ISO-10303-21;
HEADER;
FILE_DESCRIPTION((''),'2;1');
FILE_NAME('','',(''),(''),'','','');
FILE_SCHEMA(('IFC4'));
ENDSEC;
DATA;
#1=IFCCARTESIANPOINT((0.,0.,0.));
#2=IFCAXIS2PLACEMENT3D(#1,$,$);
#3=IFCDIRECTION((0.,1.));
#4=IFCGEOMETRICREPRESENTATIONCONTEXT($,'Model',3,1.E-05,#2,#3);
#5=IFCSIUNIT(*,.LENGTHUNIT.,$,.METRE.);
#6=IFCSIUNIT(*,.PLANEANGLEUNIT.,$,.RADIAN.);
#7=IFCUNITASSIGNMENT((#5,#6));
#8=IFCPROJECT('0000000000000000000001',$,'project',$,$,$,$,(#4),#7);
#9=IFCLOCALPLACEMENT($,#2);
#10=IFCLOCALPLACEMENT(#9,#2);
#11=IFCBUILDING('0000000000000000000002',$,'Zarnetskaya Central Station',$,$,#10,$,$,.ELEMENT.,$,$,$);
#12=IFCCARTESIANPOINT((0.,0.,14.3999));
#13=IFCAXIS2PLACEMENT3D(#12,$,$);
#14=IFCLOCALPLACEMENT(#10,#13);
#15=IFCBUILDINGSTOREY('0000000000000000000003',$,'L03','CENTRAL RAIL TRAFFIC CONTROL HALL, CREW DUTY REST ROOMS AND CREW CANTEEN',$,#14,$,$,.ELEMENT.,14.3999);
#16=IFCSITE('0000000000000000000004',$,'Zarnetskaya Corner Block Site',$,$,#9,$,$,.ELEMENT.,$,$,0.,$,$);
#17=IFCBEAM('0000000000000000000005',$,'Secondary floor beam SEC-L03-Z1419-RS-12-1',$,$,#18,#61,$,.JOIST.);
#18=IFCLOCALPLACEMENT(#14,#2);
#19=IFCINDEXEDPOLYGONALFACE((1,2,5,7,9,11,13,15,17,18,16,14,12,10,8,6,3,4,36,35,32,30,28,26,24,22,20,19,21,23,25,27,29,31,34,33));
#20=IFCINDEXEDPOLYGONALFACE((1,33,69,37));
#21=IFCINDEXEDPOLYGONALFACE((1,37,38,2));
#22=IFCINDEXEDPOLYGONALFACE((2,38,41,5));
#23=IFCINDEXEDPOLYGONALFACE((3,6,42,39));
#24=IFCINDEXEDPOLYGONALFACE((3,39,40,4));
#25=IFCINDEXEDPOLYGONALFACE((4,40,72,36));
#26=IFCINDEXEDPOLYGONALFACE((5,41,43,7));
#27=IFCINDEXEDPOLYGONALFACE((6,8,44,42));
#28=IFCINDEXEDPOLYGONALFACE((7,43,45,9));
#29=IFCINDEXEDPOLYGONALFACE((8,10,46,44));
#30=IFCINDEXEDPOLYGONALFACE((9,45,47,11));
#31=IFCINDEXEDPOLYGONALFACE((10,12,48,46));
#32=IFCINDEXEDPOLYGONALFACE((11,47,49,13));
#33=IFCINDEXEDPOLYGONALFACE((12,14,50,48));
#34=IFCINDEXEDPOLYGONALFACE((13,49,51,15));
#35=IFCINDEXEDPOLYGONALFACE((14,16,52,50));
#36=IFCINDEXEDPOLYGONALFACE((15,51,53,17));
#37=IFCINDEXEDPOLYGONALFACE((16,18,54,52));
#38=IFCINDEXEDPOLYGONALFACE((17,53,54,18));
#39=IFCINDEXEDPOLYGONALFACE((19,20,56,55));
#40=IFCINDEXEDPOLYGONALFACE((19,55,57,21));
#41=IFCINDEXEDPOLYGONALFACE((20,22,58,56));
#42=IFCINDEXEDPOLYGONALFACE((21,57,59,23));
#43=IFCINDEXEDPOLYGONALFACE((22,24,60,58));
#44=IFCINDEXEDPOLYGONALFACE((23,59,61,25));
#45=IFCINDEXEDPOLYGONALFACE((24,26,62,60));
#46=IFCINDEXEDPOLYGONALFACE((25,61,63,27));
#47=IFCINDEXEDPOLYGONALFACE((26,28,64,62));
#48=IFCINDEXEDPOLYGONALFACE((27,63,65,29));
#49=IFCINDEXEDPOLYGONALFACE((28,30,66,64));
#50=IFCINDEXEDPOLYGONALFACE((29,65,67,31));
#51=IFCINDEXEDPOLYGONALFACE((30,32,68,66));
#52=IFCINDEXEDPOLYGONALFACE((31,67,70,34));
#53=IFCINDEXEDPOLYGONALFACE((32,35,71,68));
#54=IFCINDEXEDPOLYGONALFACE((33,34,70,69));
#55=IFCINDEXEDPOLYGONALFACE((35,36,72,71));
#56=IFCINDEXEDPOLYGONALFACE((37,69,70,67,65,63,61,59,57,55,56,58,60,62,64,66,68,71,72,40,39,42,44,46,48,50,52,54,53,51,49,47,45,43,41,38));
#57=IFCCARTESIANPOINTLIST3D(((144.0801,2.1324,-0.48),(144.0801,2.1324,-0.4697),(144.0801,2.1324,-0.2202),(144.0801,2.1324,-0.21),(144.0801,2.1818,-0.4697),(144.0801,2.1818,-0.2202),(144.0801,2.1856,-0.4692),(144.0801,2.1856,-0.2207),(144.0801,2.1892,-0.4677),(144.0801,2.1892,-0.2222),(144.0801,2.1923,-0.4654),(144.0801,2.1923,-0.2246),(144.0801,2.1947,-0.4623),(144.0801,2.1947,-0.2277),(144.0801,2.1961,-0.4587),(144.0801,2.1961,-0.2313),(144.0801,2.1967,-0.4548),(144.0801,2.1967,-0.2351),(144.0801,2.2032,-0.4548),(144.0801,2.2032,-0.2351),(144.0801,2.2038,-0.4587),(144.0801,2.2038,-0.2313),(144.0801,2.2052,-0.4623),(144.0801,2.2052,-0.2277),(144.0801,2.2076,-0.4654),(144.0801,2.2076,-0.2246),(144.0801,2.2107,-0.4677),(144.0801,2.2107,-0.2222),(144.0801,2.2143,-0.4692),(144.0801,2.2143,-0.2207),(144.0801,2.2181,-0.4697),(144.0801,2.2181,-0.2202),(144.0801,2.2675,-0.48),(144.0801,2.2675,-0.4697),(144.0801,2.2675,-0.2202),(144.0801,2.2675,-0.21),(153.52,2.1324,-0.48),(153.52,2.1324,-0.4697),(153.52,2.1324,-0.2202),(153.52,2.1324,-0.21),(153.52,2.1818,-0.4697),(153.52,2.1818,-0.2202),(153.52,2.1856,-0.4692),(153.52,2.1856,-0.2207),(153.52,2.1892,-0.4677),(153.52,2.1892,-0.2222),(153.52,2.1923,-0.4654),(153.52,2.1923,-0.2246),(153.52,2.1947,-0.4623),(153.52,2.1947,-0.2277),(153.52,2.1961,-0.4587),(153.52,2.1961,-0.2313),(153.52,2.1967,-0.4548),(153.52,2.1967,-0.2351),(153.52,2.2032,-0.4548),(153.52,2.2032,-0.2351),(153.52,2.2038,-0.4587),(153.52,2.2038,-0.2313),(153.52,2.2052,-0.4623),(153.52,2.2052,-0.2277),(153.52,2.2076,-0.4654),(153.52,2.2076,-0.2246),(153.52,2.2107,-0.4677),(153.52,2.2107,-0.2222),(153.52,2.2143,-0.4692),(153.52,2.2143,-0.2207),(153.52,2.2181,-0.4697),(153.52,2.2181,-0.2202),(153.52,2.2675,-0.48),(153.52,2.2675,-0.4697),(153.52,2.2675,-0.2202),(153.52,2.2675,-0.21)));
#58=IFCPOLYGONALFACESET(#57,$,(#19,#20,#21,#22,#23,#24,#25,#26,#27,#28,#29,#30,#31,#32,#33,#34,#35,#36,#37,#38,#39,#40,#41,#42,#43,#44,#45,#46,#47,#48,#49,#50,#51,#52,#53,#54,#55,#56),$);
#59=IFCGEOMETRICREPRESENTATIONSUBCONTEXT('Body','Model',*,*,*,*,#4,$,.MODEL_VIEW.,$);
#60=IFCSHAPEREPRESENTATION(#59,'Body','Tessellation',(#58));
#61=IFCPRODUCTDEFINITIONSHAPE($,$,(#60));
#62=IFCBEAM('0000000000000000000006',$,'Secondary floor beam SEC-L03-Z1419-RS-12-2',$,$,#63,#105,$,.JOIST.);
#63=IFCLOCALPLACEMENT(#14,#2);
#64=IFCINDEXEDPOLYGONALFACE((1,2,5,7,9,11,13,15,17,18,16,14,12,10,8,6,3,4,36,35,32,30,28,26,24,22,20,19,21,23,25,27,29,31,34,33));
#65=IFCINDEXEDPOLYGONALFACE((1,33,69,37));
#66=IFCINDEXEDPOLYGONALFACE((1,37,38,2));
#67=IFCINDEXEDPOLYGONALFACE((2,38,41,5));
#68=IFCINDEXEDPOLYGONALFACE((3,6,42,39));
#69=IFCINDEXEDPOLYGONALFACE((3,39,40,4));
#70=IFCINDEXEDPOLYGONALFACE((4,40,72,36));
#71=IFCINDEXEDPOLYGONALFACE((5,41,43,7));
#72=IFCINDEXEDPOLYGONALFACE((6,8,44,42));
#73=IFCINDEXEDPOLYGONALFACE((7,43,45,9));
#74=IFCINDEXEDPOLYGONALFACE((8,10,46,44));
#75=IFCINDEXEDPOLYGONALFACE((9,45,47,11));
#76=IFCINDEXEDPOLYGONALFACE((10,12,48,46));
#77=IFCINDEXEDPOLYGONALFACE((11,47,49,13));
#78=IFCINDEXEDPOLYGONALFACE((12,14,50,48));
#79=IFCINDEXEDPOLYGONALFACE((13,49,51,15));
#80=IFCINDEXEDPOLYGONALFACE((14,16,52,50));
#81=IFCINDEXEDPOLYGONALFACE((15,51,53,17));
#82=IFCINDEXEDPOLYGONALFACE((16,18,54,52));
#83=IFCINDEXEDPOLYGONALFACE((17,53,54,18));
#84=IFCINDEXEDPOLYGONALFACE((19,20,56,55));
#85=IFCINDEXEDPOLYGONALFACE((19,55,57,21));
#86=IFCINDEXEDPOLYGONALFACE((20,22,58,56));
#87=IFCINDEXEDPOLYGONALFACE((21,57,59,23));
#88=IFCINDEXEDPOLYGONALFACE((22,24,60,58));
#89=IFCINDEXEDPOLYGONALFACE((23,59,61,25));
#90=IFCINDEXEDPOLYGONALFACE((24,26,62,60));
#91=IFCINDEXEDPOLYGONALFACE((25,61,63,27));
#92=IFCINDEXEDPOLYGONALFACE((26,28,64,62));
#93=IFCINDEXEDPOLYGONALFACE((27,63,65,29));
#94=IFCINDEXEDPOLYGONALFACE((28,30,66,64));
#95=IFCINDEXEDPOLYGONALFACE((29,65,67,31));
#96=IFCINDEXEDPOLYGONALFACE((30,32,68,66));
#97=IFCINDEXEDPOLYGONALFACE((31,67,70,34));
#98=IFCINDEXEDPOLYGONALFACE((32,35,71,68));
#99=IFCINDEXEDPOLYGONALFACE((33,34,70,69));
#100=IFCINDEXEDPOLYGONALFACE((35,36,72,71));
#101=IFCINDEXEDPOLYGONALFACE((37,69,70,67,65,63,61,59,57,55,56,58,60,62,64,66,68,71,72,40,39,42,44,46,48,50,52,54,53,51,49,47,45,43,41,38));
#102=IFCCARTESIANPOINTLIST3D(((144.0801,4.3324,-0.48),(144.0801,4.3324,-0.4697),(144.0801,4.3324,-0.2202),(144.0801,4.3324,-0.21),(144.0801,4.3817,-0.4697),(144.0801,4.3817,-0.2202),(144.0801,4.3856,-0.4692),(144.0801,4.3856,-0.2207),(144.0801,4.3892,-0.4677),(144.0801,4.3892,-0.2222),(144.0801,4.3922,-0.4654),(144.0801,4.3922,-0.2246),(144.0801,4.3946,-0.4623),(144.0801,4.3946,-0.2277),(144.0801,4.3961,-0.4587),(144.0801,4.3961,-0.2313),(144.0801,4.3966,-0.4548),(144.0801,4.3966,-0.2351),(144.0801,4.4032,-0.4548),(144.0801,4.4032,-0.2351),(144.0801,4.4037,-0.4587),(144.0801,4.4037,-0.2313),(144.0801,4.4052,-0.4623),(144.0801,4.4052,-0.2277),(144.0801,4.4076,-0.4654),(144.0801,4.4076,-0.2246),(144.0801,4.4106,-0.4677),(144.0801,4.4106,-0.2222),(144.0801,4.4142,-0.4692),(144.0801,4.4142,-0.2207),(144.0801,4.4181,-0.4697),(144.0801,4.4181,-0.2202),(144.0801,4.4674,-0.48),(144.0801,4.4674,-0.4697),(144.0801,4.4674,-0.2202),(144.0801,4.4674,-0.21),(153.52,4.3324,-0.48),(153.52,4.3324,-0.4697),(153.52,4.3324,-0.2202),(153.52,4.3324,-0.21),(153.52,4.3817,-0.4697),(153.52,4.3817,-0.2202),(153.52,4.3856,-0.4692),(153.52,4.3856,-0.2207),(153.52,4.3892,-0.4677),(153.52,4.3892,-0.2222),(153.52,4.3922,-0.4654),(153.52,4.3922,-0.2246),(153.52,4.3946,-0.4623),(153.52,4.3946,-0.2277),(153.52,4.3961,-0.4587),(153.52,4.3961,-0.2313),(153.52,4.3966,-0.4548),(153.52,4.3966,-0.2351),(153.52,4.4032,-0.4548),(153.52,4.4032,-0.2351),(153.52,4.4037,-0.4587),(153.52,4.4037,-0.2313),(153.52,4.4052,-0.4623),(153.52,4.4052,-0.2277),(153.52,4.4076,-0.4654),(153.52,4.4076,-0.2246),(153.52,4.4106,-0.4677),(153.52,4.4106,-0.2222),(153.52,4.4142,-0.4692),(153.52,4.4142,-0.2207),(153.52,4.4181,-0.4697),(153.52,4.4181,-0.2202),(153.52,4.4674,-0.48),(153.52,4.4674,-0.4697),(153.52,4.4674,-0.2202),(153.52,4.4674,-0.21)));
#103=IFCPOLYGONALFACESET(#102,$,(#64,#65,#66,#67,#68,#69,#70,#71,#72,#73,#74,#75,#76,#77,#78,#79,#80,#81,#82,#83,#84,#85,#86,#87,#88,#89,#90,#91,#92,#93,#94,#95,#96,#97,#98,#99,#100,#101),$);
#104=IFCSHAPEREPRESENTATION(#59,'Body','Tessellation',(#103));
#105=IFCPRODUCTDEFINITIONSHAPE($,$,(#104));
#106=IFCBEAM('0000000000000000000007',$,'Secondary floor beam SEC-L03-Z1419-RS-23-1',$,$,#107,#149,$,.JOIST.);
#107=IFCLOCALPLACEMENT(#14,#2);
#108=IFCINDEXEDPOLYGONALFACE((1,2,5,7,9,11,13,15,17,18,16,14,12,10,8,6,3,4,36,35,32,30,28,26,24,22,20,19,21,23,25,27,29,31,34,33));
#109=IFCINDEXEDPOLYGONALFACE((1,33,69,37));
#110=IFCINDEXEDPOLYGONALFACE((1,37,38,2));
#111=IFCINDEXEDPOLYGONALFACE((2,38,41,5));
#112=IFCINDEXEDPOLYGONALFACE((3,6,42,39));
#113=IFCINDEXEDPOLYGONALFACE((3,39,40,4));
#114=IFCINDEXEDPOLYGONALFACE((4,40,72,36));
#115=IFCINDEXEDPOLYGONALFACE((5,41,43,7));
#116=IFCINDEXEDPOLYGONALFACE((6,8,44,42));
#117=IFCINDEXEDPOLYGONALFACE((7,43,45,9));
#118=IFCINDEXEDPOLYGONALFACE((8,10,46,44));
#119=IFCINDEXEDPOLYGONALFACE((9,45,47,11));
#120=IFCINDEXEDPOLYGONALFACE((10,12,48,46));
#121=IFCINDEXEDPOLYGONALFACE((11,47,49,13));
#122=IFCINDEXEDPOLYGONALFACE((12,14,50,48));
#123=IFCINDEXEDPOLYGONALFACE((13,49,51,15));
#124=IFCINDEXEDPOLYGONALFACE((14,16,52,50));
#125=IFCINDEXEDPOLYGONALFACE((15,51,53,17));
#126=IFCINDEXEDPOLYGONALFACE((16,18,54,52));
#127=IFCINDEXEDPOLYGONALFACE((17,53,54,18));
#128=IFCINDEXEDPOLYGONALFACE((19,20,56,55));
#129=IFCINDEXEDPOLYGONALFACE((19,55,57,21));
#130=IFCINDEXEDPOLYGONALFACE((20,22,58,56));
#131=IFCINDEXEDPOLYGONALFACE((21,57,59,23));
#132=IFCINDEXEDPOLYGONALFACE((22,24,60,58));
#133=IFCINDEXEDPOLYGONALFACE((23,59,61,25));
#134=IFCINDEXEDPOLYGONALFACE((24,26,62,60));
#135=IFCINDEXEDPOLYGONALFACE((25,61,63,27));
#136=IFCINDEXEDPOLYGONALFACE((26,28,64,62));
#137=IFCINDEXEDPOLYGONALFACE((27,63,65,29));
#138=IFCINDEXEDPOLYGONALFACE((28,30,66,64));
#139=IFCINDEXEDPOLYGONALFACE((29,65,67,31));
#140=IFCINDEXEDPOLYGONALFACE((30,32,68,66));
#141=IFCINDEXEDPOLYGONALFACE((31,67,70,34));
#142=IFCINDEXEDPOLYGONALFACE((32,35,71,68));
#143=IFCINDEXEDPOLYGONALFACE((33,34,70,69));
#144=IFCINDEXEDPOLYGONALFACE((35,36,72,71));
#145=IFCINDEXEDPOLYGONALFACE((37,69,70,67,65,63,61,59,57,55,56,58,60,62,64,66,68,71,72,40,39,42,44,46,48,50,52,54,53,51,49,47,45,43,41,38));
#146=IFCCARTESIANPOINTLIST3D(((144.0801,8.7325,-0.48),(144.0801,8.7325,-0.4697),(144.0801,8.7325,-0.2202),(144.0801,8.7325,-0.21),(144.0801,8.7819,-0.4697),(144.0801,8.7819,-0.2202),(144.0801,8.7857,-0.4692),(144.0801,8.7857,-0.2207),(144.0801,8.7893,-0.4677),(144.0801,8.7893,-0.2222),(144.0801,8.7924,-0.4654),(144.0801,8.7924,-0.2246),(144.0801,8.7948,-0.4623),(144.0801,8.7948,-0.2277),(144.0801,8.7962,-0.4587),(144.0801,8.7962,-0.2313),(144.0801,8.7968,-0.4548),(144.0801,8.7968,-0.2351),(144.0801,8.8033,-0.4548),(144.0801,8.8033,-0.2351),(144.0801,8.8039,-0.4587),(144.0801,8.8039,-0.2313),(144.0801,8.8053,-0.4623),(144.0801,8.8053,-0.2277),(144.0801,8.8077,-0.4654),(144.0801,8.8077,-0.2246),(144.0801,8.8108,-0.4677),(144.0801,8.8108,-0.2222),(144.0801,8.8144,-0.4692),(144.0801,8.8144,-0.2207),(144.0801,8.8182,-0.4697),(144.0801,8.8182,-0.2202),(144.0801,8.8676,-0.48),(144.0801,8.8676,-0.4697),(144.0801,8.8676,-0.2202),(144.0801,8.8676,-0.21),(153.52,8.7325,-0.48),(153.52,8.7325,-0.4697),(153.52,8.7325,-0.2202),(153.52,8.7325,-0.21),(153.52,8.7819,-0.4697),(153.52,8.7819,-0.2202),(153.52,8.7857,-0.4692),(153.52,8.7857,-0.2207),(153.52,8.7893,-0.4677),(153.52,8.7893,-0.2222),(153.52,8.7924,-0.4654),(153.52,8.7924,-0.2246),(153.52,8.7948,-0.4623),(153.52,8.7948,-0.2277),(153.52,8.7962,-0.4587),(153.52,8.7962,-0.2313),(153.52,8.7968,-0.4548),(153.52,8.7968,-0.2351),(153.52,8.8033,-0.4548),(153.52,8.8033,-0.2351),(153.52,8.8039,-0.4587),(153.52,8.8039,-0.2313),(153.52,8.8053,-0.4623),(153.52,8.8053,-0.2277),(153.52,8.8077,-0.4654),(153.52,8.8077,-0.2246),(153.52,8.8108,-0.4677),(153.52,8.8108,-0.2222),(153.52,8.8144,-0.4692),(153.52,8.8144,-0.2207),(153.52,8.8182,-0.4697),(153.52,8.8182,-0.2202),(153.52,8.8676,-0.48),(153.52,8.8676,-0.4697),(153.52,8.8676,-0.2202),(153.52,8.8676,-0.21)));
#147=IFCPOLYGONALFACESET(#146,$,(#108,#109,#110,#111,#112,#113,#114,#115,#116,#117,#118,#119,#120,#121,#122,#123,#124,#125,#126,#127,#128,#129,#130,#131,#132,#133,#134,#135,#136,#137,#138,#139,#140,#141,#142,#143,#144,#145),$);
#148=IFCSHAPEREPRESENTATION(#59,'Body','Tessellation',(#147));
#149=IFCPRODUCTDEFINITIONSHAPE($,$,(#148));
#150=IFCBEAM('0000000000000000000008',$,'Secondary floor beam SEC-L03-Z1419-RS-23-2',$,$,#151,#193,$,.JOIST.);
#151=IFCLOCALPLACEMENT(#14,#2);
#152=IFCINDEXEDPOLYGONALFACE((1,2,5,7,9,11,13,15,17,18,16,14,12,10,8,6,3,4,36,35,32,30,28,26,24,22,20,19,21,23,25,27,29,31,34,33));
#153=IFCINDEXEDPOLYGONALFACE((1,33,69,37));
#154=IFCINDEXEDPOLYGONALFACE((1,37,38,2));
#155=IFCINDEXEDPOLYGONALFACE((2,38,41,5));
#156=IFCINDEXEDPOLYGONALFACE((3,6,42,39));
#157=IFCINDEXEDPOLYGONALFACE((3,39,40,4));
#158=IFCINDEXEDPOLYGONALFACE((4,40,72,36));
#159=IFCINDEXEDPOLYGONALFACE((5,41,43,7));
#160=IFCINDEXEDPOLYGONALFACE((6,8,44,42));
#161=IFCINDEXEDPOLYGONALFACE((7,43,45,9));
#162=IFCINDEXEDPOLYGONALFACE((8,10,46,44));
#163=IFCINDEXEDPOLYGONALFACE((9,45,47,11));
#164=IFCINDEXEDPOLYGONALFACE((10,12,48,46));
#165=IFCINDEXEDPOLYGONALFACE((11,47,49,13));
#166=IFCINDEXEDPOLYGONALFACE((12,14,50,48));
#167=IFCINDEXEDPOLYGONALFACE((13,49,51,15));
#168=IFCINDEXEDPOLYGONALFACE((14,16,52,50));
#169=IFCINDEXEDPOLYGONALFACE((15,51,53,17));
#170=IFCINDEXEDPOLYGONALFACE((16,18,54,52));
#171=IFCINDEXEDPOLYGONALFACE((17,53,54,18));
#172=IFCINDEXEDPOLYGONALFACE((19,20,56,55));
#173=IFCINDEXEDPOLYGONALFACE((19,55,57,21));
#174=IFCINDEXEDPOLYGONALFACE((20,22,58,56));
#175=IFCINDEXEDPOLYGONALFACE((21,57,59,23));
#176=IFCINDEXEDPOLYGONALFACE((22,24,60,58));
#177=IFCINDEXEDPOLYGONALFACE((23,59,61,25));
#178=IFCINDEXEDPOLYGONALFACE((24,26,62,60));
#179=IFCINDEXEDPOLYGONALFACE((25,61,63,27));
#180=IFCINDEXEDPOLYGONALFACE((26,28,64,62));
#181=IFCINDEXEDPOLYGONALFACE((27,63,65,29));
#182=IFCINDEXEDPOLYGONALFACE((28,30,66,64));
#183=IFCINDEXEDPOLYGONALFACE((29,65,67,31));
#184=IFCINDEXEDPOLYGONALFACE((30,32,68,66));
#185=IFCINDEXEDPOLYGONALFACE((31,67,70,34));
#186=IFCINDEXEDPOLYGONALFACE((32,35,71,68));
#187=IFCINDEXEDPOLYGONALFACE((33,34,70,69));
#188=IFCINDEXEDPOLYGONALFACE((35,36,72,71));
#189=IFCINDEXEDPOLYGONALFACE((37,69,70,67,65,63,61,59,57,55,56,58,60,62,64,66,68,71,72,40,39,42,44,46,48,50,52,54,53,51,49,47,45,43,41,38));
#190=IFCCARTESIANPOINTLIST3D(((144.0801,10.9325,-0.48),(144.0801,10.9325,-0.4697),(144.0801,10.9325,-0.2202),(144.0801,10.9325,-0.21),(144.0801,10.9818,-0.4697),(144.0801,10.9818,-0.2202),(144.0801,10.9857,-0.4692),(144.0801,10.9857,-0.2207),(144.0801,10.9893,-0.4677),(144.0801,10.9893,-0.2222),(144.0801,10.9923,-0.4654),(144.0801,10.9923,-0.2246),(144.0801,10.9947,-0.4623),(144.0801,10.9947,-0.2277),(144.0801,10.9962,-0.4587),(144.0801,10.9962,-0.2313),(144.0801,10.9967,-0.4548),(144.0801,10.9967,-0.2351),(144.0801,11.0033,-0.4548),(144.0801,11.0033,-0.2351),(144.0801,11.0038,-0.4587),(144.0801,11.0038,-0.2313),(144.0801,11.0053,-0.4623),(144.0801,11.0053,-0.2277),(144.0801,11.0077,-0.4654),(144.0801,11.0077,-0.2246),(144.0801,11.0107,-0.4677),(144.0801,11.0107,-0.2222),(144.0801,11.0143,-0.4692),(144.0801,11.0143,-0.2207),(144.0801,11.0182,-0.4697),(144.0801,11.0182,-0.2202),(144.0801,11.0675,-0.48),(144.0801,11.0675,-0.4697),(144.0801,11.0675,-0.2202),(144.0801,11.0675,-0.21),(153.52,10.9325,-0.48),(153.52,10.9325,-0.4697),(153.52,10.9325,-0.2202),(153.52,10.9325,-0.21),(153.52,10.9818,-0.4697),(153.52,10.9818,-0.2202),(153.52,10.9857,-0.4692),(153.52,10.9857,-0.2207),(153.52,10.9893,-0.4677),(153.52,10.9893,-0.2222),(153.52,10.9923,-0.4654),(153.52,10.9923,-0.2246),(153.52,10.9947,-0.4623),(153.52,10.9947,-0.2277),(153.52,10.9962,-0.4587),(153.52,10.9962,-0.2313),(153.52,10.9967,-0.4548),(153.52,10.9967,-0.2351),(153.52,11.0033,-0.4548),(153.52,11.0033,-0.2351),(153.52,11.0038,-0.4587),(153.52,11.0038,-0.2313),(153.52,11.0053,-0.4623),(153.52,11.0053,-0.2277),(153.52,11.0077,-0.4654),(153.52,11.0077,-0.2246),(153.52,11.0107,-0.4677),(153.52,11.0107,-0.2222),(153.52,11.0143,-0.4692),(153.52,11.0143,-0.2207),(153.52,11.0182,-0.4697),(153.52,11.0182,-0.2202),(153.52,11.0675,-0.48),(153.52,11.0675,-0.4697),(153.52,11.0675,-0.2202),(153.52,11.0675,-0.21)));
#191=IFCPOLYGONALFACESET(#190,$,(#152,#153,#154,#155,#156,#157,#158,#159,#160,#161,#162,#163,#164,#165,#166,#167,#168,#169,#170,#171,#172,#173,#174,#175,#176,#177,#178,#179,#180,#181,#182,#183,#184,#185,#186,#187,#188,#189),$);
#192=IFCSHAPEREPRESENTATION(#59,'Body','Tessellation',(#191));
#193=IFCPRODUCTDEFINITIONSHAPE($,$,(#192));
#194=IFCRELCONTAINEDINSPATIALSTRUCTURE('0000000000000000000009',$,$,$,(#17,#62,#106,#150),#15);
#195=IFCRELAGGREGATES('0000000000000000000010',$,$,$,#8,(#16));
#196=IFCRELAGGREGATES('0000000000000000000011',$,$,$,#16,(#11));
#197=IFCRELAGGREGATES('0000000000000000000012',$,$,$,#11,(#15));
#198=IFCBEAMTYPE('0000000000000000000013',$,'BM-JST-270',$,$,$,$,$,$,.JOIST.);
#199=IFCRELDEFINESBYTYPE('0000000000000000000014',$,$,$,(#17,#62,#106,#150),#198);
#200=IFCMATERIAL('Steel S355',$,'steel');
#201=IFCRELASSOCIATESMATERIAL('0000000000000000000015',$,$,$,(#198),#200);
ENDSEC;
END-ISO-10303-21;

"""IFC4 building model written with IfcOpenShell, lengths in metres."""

from ifc_helpers import new_model, si_unit, direction, frame, origin, origin_2d, place, context, subcontext, project, spatial, i_section, extrude, material, material_profile, profile_set, type_object, element, save


model = new_model("IFC4")

# Units and contexts
model_context = context("Model", 3, precision=1e-05, world=origin(), true_north=direction((0.0, 1.0)))
body_context = subcontext(model_context, "Body", "Model", "MODEL_VIEW")
ifc_project = project(units=[si_unit("LENGTHUNIT", "METRE"), si_unit("PLANEANGLEUNIT", "RADIAN")], contexts=[model_context])

# Site, building, storey
site_placement = place(None, origin())
site = spatial("IfcSite", under=ifc_project, at=site_placement, Name="Zarnetskaya Corner Block Site", CompositionType="ELEMENT", RefElevation=0.0)
building_placement = place(site_placement, origin())
building = spatial("IfcBuilding", under=site, at=building_placement, Name="Zarnetskaya Central Station", CompositionType="ELEMENT")
storey_placement = place(building_placement, frame((0.0, 0.0, 14.3999)))
storey = spatial("IfcBuildingStorey", under=building, at=storey_placement, Name="L03", Description="CENTRAL RAIL TRAFFIC CONTROL HALL, CREW DUTY REST ROOMS AND CREW CANTEEN", CompositionType="ELEMENT", Elevation=14.3999)

# Beams
ifc_material_1 = material(Name="Steel S355", Category="steel")
ifc_material_profile_1 = material_profile(ifc_material_1, i_section(OverallWidth=0.135, OverallDepth=0.27, WebThickness=0.0066, FlangeThickness=0.0103, FilletRadius=0.0149, at=origin_2d()), Name="IPE 270")
ifc_profile_set_1 = profile_set([ifc_material_profile_1], Name="Steel S355")
beam_type_1 = type_object("IfcBeamType", Name="BM-JST-270", PredefinedType="JOIST", material=ifc_profile_set_1)
for number, where, z_axis, x_axis, name in (
    (1, (144.0801, 2.2, -0.345), (1.0, 0.0, 0.0), (0.0, 1.0, 0.0), "Secondary floor beam SEC-L03-Z1419-RS-12-1"),
    (2, (144.0801, 4.3999, -0.345), (1.0, 0.0, 0.0), (0.0, 1.0, 0.0), "Secondary floor beam SEC-L03-Z1419-RS-12-2"),
    (3, (144.0801, 8.8, -0.345), (1.0, 0.0, 0.0), (0.0, 1.0, 0.0), "Secondary floor beam SEC-L03-Z1419-RS-23-1"),
    (4, (144.0801, 11.0, -0.345), (1.0, 0.0, 0.0), (0.0, 1.0, 0.0), "Secondary floor beam SEC-L03-Z1419-RS-23-2"),
):
    element("IfcBeam", number, at=place(storey_placement, frame(where, z_axis=z_axis, x_axis=x_axis)), inside=storey, type_object=beam_type_1, Name=name, PredefinedType="JOIST", context=body_context, shape_type="SweptSolid", body=[
        extrude(i_section(OverallWidth=0.135, OverallDepth=0.27, WebThickness=0.0066, FlangeThickness=0.0103, FilletRadius=0.0149, at=origin_2d()), origin(), (0.0, 0.0, 1.0), 9.4399),
    ])

save(model, "model.ifc")
